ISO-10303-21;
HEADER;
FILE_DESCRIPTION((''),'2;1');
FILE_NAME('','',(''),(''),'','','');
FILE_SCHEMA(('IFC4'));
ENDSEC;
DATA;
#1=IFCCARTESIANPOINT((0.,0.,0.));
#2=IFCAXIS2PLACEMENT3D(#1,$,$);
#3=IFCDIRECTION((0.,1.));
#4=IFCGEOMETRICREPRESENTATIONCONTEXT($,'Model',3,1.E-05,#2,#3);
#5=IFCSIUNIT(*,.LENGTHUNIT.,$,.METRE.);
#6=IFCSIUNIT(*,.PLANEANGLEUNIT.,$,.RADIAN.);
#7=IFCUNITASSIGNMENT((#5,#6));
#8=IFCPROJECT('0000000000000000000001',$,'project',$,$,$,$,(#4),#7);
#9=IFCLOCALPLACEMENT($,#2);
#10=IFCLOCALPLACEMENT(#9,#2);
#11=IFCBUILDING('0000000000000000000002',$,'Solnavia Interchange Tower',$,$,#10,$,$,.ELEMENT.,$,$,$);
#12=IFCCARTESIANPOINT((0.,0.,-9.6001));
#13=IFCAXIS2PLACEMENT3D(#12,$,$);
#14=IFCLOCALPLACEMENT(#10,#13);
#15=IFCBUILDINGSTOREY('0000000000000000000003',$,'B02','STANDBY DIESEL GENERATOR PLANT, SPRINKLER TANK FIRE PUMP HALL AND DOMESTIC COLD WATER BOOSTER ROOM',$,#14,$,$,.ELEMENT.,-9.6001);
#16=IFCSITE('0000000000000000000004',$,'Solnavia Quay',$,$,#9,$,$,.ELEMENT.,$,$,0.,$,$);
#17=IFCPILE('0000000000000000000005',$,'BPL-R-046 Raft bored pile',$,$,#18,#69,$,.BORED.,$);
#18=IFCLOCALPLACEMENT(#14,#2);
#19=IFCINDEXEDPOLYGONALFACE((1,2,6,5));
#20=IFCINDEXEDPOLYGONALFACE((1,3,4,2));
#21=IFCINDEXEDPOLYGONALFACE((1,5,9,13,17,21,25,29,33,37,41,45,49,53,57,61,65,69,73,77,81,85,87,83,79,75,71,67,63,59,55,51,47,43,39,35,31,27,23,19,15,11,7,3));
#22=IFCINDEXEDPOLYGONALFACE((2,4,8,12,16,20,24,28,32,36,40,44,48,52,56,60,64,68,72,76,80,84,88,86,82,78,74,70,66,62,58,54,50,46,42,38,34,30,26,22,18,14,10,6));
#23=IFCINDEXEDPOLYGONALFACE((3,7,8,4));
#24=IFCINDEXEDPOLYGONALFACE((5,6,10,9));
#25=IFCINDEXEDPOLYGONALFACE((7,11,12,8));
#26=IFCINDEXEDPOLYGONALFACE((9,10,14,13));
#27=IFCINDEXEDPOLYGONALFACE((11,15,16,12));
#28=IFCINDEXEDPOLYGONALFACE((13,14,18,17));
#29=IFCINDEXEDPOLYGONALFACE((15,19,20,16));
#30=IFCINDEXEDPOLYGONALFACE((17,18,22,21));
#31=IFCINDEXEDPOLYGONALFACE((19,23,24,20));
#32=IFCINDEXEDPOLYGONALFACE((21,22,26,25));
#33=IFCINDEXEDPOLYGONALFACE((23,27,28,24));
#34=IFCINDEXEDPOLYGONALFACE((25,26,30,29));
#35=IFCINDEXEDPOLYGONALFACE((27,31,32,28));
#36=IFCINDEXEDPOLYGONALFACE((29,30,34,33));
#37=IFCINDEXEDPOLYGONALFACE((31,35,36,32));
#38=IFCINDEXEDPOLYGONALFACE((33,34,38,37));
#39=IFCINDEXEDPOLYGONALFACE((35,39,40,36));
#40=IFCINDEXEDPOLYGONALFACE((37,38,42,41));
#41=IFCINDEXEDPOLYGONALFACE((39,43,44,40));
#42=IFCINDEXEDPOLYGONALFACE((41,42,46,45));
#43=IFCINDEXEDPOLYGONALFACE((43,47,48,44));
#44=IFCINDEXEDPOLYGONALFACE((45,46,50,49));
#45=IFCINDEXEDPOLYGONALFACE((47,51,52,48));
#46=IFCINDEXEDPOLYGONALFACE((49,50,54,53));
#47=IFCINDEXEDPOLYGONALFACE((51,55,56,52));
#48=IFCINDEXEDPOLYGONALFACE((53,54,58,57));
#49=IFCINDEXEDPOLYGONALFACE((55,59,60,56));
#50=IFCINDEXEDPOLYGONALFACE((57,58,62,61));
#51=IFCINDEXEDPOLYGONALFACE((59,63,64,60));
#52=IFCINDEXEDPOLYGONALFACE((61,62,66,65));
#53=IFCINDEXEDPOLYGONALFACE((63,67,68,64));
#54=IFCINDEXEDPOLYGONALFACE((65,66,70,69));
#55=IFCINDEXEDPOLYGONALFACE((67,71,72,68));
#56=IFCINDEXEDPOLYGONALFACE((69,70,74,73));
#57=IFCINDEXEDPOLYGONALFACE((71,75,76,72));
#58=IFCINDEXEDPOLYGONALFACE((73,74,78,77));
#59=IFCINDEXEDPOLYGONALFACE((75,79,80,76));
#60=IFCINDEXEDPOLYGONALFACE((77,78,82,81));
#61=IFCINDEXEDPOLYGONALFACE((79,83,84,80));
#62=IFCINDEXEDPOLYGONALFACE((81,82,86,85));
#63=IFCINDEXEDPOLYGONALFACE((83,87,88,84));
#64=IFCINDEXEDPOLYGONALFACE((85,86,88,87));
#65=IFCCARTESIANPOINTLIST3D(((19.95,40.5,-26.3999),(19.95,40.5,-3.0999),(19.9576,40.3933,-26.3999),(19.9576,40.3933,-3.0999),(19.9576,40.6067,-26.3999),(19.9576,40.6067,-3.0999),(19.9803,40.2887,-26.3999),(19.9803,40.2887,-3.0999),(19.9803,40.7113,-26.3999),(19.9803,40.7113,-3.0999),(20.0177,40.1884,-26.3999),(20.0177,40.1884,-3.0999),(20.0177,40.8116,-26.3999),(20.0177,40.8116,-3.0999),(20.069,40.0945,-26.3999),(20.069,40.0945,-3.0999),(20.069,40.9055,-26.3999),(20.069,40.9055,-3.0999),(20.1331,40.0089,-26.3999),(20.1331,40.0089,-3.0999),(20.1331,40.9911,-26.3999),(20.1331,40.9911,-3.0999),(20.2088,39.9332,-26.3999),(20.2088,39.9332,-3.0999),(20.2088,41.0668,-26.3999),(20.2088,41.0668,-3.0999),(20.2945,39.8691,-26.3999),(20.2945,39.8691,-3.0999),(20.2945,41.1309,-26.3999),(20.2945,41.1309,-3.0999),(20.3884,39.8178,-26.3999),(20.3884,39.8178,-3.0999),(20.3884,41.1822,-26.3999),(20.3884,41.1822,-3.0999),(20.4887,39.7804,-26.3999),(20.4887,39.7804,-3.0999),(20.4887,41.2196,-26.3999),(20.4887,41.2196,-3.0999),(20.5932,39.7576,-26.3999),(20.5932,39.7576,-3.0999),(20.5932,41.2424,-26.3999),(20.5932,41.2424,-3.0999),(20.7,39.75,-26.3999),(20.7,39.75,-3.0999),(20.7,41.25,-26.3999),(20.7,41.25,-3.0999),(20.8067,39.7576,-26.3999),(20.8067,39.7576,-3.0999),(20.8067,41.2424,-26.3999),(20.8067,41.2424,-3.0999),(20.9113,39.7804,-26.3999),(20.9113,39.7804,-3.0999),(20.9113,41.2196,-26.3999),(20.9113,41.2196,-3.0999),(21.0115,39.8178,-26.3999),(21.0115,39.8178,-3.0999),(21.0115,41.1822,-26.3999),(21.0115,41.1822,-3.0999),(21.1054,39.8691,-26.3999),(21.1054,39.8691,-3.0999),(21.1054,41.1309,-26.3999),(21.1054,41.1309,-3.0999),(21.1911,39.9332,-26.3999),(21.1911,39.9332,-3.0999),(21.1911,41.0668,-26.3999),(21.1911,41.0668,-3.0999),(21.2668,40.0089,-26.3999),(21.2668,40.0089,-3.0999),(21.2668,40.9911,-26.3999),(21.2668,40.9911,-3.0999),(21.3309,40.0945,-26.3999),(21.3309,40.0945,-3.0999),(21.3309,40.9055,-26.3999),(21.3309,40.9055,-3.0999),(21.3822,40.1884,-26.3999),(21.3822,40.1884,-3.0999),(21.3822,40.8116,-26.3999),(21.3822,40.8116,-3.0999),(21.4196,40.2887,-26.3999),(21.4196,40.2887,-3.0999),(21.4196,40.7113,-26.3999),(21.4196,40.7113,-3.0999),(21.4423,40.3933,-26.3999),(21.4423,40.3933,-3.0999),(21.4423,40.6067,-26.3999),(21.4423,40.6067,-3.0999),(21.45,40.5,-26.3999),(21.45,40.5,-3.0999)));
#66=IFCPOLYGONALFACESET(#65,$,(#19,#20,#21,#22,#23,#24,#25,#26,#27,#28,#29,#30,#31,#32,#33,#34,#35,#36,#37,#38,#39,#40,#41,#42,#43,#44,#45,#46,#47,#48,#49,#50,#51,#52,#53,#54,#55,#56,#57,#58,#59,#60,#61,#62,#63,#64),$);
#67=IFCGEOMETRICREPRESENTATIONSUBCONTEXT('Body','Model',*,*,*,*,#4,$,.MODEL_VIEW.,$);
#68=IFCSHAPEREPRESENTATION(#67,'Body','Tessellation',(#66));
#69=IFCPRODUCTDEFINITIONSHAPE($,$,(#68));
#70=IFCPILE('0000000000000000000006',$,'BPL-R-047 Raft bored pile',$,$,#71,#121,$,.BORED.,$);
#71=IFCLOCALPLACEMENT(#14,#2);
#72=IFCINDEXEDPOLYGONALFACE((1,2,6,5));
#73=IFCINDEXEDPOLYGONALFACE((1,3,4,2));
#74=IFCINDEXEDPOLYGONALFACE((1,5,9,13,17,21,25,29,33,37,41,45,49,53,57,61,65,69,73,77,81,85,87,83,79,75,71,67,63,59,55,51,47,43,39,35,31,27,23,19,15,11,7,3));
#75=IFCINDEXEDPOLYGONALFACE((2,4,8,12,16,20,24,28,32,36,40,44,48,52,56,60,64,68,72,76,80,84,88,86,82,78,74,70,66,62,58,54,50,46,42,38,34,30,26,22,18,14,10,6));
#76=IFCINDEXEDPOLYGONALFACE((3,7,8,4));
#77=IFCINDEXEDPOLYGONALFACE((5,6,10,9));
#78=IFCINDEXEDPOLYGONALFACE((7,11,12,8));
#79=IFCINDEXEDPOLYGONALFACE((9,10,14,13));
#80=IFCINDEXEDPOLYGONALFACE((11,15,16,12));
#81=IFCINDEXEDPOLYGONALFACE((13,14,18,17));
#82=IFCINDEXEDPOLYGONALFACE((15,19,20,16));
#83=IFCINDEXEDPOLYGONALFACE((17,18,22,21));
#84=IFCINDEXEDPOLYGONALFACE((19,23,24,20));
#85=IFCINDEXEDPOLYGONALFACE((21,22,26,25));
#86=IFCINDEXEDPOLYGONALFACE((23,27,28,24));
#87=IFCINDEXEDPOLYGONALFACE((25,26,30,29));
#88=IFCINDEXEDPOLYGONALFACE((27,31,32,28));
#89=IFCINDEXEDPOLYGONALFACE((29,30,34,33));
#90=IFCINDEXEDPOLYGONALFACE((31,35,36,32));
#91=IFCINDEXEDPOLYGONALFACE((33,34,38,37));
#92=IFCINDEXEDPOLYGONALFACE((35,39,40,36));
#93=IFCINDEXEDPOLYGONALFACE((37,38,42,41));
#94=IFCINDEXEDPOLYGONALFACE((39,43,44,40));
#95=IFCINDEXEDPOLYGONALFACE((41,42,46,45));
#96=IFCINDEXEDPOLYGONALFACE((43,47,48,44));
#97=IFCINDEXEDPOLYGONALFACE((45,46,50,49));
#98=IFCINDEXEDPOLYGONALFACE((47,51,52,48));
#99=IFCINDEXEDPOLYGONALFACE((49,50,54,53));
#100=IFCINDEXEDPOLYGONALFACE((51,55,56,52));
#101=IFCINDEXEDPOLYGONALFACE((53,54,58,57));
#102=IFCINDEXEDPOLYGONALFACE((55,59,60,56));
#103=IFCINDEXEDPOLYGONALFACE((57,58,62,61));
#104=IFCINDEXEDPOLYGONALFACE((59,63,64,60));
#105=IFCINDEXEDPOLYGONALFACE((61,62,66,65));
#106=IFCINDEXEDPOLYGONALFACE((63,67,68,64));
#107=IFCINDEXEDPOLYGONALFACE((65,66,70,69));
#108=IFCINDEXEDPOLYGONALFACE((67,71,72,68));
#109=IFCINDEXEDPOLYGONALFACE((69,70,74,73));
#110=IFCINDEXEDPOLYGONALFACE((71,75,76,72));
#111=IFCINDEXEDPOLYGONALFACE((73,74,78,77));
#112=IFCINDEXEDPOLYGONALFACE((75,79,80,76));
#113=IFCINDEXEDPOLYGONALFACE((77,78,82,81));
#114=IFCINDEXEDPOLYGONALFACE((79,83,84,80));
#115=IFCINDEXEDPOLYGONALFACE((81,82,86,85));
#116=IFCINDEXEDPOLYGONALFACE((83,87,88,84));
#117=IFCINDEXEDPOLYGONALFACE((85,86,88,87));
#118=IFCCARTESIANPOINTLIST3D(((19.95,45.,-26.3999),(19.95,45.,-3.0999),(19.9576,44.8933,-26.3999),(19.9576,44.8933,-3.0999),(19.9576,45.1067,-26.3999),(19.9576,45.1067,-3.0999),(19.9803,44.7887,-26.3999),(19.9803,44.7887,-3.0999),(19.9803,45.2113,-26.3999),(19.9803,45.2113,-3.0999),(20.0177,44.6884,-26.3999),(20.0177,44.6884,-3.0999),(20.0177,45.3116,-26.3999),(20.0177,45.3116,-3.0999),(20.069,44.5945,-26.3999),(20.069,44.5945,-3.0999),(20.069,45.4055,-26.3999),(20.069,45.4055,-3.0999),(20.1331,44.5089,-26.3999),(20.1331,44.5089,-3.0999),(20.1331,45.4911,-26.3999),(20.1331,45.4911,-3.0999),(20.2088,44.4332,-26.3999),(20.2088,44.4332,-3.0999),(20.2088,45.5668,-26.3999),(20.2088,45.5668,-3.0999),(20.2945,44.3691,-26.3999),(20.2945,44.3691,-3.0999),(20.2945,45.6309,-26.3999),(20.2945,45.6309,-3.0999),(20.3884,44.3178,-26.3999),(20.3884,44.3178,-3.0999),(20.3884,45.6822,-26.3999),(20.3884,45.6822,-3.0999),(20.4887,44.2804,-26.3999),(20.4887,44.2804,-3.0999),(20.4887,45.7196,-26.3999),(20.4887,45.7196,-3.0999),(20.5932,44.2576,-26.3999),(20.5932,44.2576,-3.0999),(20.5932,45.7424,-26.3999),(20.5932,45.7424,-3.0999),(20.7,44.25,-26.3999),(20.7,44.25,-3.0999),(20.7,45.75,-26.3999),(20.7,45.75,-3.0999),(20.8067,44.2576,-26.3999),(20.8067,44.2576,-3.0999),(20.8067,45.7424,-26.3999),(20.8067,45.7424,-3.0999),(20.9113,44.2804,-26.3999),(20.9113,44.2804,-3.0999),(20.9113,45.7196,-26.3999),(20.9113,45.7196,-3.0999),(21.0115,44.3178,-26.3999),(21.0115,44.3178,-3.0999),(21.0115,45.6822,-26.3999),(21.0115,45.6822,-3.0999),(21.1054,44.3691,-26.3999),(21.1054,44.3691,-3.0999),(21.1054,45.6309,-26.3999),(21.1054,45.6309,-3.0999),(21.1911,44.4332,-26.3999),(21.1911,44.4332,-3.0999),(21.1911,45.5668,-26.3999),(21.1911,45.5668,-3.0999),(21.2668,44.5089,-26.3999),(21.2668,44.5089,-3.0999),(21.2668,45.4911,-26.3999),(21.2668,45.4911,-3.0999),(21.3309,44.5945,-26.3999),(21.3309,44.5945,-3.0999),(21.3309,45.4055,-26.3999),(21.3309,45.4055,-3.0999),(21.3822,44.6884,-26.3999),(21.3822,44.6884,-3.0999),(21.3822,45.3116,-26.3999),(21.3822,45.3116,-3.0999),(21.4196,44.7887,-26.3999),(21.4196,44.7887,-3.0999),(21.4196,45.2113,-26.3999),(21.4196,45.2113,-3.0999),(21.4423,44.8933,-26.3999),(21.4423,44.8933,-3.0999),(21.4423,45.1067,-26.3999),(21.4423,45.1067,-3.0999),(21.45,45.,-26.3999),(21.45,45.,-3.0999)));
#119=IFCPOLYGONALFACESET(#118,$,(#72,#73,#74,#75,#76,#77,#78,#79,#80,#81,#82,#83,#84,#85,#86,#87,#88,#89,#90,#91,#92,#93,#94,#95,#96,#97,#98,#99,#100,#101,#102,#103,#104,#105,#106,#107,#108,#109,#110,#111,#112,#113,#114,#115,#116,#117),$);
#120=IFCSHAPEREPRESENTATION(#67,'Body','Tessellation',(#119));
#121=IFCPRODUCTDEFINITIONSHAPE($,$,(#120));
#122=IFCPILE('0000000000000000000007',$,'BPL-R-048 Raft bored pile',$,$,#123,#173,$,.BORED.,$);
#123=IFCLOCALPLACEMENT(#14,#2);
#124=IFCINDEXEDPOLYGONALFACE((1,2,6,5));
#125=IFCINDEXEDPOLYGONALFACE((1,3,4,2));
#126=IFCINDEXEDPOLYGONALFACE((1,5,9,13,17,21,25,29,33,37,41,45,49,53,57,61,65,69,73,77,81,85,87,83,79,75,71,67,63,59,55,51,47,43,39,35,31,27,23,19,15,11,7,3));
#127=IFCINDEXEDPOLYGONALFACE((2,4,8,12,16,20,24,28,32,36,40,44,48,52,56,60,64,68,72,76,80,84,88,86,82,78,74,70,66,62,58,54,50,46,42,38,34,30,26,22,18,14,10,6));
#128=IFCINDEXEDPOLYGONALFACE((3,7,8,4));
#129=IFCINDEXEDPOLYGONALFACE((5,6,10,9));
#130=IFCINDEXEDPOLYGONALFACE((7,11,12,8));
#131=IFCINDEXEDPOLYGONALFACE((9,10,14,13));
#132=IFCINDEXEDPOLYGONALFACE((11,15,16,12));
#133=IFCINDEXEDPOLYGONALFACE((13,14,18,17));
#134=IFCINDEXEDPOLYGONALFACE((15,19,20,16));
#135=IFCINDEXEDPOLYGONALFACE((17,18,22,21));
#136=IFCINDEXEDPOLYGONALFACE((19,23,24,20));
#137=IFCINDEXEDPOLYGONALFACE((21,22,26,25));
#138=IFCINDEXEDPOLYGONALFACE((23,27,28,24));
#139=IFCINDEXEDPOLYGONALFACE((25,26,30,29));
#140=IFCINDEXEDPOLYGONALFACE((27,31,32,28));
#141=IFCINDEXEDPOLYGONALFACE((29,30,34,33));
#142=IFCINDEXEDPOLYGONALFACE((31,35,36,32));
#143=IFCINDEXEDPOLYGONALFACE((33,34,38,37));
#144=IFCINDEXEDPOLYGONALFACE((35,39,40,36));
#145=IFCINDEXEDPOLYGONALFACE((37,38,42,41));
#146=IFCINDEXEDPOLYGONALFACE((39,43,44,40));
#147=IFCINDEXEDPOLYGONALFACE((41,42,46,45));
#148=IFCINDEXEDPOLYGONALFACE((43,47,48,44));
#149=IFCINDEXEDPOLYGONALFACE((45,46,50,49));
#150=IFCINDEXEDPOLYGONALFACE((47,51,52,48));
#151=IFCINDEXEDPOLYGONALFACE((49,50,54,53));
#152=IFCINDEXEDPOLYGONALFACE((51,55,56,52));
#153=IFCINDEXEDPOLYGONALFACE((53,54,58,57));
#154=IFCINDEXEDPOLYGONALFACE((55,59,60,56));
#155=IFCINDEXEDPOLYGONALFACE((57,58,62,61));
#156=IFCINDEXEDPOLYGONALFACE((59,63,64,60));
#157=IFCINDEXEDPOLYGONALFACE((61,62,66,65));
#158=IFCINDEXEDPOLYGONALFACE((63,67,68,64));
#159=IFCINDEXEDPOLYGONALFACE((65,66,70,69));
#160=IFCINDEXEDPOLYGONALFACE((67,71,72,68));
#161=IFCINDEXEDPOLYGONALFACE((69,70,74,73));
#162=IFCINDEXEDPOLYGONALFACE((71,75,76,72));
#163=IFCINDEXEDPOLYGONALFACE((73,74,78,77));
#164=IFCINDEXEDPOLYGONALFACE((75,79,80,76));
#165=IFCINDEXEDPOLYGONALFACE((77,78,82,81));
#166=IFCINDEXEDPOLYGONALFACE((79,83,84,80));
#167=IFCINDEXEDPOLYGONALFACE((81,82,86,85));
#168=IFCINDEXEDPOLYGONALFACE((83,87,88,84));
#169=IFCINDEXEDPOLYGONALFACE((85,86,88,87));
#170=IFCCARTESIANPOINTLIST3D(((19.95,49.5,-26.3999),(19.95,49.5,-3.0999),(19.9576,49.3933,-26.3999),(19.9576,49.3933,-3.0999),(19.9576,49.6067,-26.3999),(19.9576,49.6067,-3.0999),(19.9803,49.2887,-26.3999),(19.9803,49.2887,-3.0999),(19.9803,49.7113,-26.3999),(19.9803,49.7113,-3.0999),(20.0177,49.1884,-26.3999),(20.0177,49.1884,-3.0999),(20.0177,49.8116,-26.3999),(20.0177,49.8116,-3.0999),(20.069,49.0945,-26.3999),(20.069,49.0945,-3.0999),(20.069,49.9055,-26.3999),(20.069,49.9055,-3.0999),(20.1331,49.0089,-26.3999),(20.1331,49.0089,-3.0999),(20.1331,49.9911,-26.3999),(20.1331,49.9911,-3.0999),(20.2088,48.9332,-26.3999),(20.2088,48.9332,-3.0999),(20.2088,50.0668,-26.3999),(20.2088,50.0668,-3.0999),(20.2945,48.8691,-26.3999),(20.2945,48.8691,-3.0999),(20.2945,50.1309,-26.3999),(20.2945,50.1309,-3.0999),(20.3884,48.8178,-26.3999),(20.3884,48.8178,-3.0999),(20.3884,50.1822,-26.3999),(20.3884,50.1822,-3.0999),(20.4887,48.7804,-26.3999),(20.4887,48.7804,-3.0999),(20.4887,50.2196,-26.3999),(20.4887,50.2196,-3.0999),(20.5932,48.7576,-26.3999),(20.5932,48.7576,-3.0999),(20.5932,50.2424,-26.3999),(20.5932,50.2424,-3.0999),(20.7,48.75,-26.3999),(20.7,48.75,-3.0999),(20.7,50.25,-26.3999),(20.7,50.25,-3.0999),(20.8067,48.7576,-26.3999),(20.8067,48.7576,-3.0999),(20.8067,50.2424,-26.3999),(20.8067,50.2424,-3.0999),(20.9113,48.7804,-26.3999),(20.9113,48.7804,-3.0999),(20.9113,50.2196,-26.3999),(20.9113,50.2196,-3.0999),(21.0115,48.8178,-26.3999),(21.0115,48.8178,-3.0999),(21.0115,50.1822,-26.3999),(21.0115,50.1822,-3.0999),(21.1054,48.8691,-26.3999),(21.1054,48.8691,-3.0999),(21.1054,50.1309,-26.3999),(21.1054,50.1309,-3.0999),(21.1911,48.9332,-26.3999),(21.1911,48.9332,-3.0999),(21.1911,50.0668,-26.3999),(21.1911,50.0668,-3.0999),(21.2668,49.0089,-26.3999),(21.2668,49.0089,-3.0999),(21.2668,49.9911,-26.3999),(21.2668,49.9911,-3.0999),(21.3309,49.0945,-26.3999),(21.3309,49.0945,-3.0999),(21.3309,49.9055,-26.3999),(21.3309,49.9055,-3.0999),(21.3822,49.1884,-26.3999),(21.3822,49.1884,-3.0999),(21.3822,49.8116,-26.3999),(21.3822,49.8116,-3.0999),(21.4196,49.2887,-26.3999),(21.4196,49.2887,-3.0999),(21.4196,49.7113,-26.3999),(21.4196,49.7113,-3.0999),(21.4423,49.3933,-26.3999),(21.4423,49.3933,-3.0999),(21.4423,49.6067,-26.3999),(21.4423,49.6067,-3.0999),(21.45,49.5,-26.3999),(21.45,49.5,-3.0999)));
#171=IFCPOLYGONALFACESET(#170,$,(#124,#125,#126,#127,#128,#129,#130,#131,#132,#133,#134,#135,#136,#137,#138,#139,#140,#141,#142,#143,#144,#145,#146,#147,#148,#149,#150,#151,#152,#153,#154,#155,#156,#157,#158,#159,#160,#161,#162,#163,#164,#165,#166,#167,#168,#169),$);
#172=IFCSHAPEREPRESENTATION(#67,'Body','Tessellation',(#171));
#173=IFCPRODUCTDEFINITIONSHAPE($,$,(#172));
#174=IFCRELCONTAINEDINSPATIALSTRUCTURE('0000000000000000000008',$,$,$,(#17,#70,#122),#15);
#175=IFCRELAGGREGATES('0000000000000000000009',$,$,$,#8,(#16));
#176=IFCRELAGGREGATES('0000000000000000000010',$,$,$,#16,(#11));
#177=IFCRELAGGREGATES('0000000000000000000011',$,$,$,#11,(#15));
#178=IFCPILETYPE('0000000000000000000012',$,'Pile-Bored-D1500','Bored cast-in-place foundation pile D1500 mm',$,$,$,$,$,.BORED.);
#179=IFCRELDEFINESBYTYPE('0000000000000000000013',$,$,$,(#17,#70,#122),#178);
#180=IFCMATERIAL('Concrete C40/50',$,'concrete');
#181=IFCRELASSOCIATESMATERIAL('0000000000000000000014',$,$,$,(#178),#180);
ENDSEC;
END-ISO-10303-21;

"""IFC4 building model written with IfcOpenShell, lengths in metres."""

from ifc_helpers import new_model, si_unit, direction, frame, origin, origin_2d, place, context, subcontext, project, spatial, circle, extrude, material, material_profile, profile_set, type_object, element, save


model = new_model("IFC4")

# Units and contexts
model_context = context("Model", 3, precision=1e-05, world=origin(), true_north=direction((0.0, 1.0)))
body_context = subcontext(model_context, "Body", "Model", "MODEL_VIEW")
ifc_project = project(units=[si_unit("LENGTHUNIT", "METRE"), si_unit("PLANEANGLEUNIT", "RADIAN")], contexts=[model_context])

# Site, building, storey
site_placement = place(None, origin())
site = spatial("IfcSite", under=ifc_project, at=site_placement, Name="Solnavia Quay", CompositionType="ELEMENT", RefElevation=0.0)
building_placement = place(site_placement, origin())
building = spatial("IfcBuilding", under=site, at=building_placement, Name="Solnavia Interchange Tower", CompositionType="ELEMENT")
storey_placement = place(building_placement, frame((0.0, 0.0, -9.6001)))
storey = spatial("IfcBuildingStorey", under=building, at=storey_placement, Name="B02", Description="STANDBY DIESEL GENERATOR PLANT, SPRINKLER TANK FIRE PUMP HALL AND DOMESTIC COLD WATER BOOSTER ROOM", CompositionType="ELEMENT", Elevation=-9.6001)

# Shared definitions
ifc_material_1 = material(Name="Concrete C40/50", Category="concrete")

# Piles
ifc_material_profile_1 = material_profile(ifc_material_1, circle(Radius=0.75, at=origin_2d()), Name="PILE D1500")
ifc_profile_set_1 = profile_set([ifc_material_profile_1], Name="Concrete C40/50")
pile_type = type_object("IfcPileType", Name="Pile-Bored-D1500", Description="Bored cast-in-place foundation pile D1500 mm", PredefinedType="BORED", material=ifc_profile_set_1)
for number, where, z_axis, x_axis, name in (
    (1, (20.7, 40.5, -3.0999), (0.0, 0.0, -1.0), (1.0, 0.0, 0.0), "BPL-R-046 Raft bored pile"),
    (2, (20.7, 45.0, -3.0999), (0.0, 0.0, -1.0), (1.0, 0.0, 0.0), "BPL-R-047 Raft bored pile"),
    (3, (20.7, 49.5, -3.0999), (0.0, 0.0, -1.0), (1.0, 0.0, 0.0), "BPL-R-048 Raft bored pile"),
):
    element("IfcPile", number, at=place(storey_placement, frame(where, z_axis=z_axis, x_axis=x_axis)), inside=storey, type_object=pile_type, Name=name, PredefinedType="BORED", context=body_context, shape_type="SweptSolid", body=[
        extrude(circle(Radius=0.75, at=origin_2d()), origin(), (0.0, 0.0, 1.0), 23.3),
    ])

save(model, "model.ifc")
